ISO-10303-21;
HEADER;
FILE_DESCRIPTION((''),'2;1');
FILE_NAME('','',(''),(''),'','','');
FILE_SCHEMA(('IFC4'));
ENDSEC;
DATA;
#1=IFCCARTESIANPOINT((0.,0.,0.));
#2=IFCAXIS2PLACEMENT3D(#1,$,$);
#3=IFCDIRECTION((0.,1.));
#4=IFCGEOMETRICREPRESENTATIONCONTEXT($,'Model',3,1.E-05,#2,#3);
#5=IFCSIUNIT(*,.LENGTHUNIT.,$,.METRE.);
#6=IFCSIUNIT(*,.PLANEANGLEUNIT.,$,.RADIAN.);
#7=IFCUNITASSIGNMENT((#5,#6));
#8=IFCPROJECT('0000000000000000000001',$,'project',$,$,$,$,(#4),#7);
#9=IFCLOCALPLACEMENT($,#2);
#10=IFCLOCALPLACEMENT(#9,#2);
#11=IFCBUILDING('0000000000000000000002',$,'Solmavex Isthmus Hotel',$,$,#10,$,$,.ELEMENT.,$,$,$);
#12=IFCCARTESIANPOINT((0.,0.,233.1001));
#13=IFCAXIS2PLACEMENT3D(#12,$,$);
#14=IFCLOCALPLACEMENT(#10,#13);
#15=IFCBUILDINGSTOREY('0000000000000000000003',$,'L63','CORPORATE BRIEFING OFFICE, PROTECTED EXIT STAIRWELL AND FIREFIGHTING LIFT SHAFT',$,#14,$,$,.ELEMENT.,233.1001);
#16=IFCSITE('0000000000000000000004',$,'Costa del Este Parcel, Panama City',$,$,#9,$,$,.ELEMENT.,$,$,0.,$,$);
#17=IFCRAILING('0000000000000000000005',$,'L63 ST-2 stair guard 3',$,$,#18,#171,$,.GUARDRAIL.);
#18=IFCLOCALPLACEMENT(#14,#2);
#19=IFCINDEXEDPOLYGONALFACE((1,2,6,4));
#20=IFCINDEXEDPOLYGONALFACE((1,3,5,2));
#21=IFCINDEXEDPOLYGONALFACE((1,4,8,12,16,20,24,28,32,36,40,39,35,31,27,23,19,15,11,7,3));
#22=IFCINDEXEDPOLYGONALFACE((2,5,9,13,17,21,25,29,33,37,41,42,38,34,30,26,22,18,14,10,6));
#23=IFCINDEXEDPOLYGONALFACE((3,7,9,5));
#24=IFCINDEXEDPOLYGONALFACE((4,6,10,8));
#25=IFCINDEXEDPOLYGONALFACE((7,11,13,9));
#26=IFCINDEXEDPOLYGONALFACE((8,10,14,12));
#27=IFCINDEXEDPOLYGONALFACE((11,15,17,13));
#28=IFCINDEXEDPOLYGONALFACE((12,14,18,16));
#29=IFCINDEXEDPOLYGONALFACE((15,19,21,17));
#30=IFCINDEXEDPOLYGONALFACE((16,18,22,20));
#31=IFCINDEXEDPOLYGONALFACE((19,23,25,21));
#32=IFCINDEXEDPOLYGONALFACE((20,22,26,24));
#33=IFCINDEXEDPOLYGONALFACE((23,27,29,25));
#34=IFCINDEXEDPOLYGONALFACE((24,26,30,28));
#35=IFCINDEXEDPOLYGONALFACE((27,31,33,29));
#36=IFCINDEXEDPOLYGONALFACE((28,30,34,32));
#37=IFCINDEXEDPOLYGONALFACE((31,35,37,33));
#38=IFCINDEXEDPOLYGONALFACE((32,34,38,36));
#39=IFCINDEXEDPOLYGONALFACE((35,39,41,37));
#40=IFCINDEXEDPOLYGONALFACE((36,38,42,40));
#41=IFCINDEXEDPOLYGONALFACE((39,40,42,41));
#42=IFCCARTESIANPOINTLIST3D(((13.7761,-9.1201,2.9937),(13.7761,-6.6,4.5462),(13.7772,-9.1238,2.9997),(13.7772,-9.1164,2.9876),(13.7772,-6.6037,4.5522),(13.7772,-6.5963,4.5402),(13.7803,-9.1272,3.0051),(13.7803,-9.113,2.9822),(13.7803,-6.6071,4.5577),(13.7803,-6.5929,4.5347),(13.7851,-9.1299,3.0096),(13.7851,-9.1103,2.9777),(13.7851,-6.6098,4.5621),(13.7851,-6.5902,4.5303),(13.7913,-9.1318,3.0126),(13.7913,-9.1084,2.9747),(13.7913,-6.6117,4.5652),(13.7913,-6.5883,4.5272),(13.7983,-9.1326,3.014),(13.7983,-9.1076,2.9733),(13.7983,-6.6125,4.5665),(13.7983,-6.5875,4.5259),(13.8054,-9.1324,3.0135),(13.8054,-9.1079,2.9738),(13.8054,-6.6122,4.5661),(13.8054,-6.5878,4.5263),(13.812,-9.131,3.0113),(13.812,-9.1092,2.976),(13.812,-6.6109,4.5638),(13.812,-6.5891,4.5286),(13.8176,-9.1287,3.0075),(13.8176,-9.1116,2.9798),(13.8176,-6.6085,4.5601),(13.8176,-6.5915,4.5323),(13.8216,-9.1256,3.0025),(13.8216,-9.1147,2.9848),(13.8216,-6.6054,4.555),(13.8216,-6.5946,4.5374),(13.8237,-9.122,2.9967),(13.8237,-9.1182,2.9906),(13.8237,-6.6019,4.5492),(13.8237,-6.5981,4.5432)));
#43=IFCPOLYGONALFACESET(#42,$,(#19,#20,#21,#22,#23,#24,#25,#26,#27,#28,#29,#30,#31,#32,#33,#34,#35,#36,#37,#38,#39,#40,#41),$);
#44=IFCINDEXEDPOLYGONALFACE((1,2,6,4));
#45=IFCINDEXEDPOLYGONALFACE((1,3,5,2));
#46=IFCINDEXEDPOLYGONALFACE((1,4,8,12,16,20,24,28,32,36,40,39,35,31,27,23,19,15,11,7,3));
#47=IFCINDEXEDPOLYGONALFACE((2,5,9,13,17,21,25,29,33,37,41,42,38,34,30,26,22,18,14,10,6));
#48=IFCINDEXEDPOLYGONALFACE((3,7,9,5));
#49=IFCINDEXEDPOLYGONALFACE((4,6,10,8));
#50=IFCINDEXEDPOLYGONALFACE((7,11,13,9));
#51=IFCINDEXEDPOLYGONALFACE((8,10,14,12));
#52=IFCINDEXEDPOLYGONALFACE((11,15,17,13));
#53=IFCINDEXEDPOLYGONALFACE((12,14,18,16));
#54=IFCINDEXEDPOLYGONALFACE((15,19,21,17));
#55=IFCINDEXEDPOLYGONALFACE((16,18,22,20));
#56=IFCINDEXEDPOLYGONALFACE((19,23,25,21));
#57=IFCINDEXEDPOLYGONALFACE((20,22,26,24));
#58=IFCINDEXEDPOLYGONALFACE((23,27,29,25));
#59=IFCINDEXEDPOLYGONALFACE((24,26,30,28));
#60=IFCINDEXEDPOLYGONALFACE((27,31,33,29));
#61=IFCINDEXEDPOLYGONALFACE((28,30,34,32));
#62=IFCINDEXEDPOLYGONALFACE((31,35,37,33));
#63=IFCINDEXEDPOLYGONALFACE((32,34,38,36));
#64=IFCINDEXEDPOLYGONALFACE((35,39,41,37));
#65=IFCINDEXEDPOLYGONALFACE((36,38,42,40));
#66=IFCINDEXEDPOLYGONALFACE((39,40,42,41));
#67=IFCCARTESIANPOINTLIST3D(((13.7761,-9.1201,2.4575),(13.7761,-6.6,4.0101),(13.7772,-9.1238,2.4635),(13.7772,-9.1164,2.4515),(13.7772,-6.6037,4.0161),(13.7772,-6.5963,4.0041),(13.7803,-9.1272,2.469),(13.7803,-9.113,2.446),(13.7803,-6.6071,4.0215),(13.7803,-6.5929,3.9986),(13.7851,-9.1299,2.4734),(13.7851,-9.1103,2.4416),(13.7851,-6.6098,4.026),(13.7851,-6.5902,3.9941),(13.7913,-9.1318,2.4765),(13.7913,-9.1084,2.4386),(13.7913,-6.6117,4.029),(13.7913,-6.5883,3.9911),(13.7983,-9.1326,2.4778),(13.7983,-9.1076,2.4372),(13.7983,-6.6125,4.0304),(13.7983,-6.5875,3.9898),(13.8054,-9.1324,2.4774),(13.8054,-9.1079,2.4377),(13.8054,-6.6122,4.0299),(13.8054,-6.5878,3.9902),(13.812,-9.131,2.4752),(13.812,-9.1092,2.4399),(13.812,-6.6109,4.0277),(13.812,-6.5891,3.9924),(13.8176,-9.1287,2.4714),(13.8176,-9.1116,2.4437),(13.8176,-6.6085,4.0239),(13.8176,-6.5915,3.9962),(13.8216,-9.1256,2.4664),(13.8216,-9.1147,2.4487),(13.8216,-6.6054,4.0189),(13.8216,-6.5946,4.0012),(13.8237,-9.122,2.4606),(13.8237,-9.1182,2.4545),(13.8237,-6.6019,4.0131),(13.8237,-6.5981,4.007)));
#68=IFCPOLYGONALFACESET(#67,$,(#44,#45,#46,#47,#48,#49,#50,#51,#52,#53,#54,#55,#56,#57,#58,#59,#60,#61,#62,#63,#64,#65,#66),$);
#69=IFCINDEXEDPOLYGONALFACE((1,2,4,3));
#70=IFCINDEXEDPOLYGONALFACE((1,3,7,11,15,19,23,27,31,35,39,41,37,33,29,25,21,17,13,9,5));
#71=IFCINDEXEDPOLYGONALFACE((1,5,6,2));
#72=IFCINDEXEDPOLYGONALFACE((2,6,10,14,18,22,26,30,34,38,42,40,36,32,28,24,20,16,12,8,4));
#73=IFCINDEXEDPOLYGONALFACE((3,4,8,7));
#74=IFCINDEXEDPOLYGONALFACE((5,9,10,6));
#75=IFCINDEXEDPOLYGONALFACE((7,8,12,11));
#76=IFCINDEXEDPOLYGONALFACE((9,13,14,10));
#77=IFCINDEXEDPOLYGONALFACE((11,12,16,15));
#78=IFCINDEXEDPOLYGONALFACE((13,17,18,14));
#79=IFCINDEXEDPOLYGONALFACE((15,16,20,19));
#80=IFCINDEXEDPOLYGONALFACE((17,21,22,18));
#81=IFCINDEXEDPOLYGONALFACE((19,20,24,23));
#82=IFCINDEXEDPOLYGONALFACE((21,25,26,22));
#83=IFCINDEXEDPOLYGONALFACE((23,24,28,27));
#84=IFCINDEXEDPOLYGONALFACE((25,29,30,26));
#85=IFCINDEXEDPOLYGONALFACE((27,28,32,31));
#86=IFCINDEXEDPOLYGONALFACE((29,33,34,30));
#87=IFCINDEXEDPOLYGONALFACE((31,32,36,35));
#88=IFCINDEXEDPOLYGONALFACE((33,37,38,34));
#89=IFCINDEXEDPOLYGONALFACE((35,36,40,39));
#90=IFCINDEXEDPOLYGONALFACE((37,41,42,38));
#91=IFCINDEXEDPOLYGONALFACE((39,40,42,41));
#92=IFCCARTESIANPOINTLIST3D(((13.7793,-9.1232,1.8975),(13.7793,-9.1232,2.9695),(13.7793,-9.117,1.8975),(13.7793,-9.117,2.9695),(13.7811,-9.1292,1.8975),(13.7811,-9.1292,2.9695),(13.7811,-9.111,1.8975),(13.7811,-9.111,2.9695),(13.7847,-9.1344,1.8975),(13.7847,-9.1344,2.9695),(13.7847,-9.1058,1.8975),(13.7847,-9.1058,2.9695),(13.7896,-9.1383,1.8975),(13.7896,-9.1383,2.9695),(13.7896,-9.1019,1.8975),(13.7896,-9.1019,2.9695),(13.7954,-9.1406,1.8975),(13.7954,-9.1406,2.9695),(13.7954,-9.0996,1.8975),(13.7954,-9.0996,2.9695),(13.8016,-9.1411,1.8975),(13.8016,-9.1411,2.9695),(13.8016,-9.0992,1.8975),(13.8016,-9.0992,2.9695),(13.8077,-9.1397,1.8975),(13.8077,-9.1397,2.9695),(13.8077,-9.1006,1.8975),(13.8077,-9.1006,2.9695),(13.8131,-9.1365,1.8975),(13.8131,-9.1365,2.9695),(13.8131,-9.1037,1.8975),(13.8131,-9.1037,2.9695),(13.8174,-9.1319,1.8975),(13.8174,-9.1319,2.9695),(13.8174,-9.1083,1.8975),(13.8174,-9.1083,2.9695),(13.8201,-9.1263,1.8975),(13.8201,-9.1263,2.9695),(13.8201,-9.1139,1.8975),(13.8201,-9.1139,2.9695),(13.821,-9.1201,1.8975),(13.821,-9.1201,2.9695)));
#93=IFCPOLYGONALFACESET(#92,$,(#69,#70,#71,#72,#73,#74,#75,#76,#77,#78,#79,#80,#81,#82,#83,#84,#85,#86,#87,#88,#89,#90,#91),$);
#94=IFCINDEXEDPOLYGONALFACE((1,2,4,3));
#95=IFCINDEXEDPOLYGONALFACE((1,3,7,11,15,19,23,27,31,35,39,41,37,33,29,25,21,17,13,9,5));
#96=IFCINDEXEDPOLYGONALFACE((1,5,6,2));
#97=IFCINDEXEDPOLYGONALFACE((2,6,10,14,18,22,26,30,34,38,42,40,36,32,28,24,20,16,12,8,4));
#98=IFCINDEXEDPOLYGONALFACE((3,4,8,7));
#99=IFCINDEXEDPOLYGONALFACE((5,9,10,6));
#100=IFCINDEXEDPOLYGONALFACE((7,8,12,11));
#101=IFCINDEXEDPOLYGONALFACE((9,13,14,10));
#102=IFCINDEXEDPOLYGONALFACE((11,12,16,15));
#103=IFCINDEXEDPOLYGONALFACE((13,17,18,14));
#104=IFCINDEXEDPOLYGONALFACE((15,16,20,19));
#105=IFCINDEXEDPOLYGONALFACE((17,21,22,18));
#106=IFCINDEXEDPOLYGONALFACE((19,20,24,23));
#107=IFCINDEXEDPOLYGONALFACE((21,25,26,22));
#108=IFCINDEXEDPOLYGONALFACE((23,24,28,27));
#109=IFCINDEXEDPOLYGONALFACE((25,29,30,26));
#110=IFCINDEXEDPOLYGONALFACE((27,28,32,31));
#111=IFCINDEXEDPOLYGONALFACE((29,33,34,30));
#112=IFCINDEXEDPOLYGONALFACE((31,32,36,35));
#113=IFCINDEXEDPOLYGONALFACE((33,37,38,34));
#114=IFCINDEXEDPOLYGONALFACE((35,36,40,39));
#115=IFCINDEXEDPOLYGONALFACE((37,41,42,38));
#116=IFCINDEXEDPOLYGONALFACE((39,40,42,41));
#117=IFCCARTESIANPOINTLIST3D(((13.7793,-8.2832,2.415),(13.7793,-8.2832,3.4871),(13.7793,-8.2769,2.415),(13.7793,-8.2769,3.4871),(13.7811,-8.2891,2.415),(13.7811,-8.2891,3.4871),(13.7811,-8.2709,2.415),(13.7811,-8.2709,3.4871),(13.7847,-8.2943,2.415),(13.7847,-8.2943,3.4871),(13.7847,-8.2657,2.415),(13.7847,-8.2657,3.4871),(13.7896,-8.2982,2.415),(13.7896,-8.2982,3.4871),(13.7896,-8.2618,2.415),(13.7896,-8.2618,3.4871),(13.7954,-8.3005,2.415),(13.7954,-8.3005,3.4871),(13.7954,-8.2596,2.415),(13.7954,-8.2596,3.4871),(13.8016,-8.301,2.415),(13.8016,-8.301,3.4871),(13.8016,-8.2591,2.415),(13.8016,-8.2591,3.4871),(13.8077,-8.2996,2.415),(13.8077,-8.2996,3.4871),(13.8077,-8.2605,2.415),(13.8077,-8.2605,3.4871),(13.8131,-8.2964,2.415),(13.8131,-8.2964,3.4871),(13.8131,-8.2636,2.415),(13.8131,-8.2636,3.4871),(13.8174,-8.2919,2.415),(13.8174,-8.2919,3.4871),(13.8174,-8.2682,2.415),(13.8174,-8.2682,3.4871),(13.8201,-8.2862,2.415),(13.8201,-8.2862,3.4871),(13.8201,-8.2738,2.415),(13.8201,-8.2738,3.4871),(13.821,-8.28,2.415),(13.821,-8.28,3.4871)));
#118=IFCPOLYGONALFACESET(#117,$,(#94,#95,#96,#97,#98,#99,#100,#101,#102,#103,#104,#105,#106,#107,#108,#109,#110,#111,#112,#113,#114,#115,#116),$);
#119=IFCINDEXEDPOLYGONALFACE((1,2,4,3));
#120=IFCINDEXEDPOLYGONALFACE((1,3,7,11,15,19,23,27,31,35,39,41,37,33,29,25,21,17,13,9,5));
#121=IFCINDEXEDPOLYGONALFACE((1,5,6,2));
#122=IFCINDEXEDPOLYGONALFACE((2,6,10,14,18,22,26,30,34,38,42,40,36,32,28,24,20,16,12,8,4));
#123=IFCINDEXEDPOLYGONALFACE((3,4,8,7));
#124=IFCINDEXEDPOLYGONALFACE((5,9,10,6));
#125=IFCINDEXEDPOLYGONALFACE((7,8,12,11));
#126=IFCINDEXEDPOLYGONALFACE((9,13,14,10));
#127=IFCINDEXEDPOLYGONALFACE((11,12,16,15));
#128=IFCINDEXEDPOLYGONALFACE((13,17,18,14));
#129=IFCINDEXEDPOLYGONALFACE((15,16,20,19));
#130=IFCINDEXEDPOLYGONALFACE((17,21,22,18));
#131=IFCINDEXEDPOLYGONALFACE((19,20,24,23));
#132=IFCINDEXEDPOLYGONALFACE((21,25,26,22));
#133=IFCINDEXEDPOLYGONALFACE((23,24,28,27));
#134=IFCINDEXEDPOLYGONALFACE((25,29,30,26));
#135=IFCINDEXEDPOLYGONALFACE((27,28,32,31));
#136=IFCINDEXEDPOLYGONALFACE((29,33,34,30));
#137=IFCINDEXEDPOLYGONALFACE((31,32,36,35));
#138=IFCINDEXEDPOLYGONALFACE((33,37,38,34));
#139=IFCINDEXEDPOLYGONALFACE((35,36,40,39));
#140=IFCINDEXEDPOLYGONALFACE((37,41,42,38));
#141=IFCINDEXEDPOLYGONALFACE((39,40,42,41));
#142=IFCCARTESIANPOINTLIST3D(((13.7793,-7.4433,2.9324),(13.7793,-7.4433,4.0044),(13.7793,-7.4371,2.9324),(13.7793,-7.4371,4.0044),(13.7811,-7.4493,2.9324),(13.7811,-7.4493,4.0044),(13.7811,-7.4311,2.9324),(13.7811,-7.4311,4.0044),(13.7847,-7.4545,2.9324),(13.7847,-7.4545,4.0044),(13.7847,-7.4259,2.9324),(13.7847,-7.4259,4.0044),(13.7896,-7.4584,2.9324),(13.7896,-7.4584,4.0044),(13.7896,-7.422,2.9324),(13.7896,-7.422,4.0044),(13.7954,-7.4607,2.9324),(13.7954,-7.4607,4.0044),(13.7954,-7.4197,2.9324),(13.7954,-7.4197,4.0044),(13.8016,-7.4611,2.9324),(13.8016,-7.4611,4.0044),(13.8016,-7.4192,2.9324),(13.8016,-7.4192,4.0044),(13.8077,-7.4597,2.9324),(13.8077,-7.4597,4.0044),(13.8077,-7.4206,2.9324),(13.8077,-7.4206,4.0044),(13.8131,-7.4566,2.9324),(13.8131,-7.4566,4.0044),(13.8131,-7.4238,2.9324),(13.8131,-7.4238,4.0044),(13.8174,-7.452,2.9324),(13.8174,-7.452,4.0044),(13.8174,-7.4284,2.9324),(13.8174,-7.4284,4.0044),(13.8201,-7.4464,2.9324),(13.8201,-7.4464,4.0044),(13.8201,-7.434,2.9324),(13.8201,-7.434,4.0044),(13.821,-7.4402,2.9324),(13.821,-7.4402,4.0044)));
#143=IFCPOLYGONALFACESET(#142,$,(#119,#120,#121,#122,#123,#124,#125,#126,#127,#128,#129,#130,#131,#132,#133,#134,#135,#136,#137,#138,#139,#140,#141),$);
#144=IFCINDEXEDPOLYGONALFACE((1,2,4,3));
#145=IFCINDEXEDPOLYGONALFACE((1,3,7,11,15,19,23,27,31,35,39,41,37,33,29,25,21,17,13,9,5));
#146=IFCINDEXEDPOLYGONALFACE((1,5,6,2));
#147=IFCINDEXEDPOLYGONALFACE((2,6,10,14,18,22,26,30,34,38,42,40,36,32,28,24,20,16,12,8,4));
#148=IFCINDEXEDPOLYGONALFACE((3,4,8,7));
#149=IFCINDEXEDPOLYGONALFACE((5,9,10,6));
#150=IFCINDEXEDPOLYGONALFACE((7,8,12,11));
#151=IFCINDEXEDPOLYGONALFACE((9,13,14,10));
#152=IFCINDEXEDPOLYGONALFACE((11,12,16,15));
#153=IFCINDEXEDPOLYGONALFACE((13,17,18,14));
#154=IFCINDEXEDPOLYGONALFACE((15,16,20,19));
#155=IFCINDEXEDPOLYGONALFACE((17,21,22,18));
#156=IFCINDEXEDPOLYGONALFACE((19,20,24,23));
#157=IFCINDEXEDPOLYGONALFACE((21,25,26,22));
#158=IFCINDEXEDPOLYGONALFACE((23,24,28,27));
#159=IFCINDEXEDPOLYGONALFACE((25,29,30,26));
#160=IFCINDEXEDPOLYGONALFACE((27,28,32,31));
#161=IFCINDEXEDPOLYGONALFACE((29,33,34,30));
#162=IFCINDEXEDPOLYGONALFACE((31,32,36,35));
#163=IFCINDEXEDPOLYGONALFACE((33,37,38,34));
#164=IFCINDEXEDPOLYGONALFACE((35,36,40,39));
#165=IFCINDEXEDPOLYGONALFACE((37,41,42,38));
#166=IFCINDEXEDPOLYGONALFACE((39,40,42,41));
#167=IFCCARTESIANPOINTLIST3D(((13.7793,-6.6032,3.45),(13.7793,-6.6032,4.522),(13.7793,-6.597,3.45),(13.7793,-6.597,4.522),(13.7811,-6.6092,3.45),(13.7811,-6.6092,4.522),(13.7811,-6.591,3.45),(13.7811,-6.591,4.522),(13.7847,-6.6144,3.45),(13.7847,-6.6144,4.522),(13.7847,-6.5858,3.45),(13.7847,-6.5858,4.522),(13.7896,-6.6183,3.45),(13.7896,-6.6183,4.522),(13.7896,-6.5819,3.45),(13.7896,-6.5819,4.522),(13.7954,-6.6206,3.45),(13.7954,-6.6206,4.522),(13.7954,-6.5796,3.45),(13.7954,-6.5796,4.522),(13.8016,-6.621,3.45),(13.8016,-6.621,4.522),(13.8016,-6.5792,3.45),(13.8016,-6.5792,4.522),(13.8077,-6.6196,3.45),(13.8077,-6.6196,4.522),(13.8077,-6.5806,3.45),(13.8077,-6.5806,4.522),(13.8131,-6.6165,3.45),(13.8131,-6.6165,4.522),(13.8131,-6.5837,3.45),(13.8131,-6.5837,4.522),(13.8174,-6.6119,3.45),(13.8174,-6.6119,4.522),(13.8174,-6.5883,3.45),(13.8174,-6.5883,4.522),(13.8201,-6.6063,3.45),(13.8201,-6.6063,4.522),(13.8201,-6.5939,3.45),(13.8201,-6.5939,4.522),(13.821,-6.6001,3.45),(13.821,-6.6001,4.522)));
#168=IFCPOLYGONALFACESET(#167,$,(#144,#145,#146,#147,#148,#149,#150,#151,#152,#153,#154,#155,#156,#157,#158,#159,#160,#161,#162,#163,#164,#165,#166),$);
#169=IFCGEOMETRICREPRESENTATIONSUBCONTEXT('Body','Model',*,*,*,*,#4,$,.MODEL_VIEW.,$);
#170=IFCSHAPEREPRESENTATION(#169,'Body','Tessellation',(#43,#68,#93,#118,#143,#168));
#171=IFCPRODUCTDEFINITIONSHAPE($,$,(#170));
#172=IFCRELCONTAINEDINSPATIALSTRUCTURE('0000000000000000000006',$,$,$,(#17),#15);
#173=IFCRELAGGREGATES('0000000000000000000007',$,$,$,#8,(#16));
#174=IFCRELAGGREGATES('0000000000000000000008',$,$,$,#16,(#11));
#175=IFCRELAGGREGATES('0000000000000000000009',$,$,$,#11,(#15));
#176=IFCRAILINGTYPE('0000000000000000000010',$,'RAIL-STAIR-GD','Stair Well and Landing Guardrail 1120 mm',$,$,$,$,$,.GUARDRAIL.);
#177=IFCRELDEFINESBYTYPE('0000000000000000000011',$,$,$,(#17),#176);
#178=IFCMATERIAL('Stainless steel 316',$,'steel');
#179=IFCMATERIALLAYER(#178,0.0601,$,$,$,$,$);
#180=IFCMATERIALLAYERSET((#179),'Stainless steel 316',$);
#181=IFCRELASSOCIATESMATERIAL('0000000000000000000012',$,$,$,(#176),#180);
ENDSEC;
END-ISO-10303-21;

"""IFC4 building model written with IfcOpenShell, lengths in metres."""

from ifc_helpers import new_model, si_unit, direction, frame, origin, origin_2d, place, context, subcontext, project, spatial, circle, extrude, material, layer, layer_set, type_object, element, save


model = new_model("IFC4")

# Units and contexts
model_context = context("Model", 3, precision=1e-05, world=origin(), true_north=direction((0.0, 1.0)))
body_context = subcontext(model_context, "Body", "Model", "MODEL_VIEW")
ifc_project = project(units=[si_unit("LENGTHUNIT", "METRE"), si_unit("PLANEANGLEUNIT", "RADIAN")], contexts=[model_context])

# Site, building, storey
site_placement = place(None, origin())
site = spatial("IfcSite", under=ifc_project, at=site_placement, Name="Costa del Este Parcel, Panama City", CompositionType="ELEMENT", RefElevation=0.0)
building_placement = place(site_placement, origin())
building = spatial("IfcBuilding", under=site, at=building_placement, Name="Solmavex Isthmus Hotel", CompositionType="ELEMENT")
storey_placement = place(building_placement, frame((0.0, 0.0, 233.1001)))
storey = spatial("IfcBuildingStorey", under=building, at=storey_placement, Name="L63", Description="CORPORATE BRIEFING OFFICE, PROTECTED EXIT STAIRWELL AND FIREFIGHTING LIFT SHAFT", CompositionType="ELEMENT", Elevation=233.1001)

# Shared definitions
ifc_material_1 = material(Name="Stainless steel 316", Category="steel")

# Railing
ifc_layer_1 = layer(ifc_material_1, 0.0601)
ifc_layer_set_1 = layer_set([ifc_layer_1], Name="Stainless steel 316")
railing_type_1 = type_object("IfcRailingType", Name="RAIL-STAIR-GD", Description="Stair Well and Landing Guardrail 1120 mm", PredefinedType="GUARDRAIL", material=ifc_layer_set_1)
railing_1_placement = place(storey_placement, frame((13.8, -9.1201, 1.8975)))
element("IfcRailing", 1, at=railing_1_placement, inside=storey, type_object=railing_type_1, Name="L63 ST-2 stair guard 3", PredefinedType="GUARDRAIL", context=body_context, shape_type="SweptSolid", body=[
    extrude(circle(Radius=0.0239, at=origin_2d()), frame((0.0, 0.0, 1.0962), z_axis=(0.0, 0.8514, 0.524516), x_axis=(-1.0, 0.0, 0.0)), (0.0, 0.0, 1.0), 2.96),
    extrude(circle(Radius=0.0239, at=origin_2d()), frame((0.0, 0.0, 0.5601), z_axis=(0.0, 0.8514, 0.524516), x_axis=(-1.0, 0.0, 0.0)), (0.0, 0.0, 1.0), 2.96),
    extrude(circle(Radius=0.021, at=origin_2d()), origin(), (0.0, 0.0, 1.0), 1.072),
    extrude(circle(Radius=0.021, at=origin_2d()), frame((0.0, 0.8401, 0.5176)), (0.0, 0.0, 1.0), 1.072),
    extrude(circle(Radius=0.021, at=origin_2d()), frame((0.0, 1.6799, 1.0349)), (0.0, 0.0, 1.0), 1.072),
    extrude(circle(Radius=0.021, at=origin_2d()), frame((0.0, 2.52, 1.5525)), (0.0, 0.0, 1.0), 1.072),
])

save(model, "model.ifc")
